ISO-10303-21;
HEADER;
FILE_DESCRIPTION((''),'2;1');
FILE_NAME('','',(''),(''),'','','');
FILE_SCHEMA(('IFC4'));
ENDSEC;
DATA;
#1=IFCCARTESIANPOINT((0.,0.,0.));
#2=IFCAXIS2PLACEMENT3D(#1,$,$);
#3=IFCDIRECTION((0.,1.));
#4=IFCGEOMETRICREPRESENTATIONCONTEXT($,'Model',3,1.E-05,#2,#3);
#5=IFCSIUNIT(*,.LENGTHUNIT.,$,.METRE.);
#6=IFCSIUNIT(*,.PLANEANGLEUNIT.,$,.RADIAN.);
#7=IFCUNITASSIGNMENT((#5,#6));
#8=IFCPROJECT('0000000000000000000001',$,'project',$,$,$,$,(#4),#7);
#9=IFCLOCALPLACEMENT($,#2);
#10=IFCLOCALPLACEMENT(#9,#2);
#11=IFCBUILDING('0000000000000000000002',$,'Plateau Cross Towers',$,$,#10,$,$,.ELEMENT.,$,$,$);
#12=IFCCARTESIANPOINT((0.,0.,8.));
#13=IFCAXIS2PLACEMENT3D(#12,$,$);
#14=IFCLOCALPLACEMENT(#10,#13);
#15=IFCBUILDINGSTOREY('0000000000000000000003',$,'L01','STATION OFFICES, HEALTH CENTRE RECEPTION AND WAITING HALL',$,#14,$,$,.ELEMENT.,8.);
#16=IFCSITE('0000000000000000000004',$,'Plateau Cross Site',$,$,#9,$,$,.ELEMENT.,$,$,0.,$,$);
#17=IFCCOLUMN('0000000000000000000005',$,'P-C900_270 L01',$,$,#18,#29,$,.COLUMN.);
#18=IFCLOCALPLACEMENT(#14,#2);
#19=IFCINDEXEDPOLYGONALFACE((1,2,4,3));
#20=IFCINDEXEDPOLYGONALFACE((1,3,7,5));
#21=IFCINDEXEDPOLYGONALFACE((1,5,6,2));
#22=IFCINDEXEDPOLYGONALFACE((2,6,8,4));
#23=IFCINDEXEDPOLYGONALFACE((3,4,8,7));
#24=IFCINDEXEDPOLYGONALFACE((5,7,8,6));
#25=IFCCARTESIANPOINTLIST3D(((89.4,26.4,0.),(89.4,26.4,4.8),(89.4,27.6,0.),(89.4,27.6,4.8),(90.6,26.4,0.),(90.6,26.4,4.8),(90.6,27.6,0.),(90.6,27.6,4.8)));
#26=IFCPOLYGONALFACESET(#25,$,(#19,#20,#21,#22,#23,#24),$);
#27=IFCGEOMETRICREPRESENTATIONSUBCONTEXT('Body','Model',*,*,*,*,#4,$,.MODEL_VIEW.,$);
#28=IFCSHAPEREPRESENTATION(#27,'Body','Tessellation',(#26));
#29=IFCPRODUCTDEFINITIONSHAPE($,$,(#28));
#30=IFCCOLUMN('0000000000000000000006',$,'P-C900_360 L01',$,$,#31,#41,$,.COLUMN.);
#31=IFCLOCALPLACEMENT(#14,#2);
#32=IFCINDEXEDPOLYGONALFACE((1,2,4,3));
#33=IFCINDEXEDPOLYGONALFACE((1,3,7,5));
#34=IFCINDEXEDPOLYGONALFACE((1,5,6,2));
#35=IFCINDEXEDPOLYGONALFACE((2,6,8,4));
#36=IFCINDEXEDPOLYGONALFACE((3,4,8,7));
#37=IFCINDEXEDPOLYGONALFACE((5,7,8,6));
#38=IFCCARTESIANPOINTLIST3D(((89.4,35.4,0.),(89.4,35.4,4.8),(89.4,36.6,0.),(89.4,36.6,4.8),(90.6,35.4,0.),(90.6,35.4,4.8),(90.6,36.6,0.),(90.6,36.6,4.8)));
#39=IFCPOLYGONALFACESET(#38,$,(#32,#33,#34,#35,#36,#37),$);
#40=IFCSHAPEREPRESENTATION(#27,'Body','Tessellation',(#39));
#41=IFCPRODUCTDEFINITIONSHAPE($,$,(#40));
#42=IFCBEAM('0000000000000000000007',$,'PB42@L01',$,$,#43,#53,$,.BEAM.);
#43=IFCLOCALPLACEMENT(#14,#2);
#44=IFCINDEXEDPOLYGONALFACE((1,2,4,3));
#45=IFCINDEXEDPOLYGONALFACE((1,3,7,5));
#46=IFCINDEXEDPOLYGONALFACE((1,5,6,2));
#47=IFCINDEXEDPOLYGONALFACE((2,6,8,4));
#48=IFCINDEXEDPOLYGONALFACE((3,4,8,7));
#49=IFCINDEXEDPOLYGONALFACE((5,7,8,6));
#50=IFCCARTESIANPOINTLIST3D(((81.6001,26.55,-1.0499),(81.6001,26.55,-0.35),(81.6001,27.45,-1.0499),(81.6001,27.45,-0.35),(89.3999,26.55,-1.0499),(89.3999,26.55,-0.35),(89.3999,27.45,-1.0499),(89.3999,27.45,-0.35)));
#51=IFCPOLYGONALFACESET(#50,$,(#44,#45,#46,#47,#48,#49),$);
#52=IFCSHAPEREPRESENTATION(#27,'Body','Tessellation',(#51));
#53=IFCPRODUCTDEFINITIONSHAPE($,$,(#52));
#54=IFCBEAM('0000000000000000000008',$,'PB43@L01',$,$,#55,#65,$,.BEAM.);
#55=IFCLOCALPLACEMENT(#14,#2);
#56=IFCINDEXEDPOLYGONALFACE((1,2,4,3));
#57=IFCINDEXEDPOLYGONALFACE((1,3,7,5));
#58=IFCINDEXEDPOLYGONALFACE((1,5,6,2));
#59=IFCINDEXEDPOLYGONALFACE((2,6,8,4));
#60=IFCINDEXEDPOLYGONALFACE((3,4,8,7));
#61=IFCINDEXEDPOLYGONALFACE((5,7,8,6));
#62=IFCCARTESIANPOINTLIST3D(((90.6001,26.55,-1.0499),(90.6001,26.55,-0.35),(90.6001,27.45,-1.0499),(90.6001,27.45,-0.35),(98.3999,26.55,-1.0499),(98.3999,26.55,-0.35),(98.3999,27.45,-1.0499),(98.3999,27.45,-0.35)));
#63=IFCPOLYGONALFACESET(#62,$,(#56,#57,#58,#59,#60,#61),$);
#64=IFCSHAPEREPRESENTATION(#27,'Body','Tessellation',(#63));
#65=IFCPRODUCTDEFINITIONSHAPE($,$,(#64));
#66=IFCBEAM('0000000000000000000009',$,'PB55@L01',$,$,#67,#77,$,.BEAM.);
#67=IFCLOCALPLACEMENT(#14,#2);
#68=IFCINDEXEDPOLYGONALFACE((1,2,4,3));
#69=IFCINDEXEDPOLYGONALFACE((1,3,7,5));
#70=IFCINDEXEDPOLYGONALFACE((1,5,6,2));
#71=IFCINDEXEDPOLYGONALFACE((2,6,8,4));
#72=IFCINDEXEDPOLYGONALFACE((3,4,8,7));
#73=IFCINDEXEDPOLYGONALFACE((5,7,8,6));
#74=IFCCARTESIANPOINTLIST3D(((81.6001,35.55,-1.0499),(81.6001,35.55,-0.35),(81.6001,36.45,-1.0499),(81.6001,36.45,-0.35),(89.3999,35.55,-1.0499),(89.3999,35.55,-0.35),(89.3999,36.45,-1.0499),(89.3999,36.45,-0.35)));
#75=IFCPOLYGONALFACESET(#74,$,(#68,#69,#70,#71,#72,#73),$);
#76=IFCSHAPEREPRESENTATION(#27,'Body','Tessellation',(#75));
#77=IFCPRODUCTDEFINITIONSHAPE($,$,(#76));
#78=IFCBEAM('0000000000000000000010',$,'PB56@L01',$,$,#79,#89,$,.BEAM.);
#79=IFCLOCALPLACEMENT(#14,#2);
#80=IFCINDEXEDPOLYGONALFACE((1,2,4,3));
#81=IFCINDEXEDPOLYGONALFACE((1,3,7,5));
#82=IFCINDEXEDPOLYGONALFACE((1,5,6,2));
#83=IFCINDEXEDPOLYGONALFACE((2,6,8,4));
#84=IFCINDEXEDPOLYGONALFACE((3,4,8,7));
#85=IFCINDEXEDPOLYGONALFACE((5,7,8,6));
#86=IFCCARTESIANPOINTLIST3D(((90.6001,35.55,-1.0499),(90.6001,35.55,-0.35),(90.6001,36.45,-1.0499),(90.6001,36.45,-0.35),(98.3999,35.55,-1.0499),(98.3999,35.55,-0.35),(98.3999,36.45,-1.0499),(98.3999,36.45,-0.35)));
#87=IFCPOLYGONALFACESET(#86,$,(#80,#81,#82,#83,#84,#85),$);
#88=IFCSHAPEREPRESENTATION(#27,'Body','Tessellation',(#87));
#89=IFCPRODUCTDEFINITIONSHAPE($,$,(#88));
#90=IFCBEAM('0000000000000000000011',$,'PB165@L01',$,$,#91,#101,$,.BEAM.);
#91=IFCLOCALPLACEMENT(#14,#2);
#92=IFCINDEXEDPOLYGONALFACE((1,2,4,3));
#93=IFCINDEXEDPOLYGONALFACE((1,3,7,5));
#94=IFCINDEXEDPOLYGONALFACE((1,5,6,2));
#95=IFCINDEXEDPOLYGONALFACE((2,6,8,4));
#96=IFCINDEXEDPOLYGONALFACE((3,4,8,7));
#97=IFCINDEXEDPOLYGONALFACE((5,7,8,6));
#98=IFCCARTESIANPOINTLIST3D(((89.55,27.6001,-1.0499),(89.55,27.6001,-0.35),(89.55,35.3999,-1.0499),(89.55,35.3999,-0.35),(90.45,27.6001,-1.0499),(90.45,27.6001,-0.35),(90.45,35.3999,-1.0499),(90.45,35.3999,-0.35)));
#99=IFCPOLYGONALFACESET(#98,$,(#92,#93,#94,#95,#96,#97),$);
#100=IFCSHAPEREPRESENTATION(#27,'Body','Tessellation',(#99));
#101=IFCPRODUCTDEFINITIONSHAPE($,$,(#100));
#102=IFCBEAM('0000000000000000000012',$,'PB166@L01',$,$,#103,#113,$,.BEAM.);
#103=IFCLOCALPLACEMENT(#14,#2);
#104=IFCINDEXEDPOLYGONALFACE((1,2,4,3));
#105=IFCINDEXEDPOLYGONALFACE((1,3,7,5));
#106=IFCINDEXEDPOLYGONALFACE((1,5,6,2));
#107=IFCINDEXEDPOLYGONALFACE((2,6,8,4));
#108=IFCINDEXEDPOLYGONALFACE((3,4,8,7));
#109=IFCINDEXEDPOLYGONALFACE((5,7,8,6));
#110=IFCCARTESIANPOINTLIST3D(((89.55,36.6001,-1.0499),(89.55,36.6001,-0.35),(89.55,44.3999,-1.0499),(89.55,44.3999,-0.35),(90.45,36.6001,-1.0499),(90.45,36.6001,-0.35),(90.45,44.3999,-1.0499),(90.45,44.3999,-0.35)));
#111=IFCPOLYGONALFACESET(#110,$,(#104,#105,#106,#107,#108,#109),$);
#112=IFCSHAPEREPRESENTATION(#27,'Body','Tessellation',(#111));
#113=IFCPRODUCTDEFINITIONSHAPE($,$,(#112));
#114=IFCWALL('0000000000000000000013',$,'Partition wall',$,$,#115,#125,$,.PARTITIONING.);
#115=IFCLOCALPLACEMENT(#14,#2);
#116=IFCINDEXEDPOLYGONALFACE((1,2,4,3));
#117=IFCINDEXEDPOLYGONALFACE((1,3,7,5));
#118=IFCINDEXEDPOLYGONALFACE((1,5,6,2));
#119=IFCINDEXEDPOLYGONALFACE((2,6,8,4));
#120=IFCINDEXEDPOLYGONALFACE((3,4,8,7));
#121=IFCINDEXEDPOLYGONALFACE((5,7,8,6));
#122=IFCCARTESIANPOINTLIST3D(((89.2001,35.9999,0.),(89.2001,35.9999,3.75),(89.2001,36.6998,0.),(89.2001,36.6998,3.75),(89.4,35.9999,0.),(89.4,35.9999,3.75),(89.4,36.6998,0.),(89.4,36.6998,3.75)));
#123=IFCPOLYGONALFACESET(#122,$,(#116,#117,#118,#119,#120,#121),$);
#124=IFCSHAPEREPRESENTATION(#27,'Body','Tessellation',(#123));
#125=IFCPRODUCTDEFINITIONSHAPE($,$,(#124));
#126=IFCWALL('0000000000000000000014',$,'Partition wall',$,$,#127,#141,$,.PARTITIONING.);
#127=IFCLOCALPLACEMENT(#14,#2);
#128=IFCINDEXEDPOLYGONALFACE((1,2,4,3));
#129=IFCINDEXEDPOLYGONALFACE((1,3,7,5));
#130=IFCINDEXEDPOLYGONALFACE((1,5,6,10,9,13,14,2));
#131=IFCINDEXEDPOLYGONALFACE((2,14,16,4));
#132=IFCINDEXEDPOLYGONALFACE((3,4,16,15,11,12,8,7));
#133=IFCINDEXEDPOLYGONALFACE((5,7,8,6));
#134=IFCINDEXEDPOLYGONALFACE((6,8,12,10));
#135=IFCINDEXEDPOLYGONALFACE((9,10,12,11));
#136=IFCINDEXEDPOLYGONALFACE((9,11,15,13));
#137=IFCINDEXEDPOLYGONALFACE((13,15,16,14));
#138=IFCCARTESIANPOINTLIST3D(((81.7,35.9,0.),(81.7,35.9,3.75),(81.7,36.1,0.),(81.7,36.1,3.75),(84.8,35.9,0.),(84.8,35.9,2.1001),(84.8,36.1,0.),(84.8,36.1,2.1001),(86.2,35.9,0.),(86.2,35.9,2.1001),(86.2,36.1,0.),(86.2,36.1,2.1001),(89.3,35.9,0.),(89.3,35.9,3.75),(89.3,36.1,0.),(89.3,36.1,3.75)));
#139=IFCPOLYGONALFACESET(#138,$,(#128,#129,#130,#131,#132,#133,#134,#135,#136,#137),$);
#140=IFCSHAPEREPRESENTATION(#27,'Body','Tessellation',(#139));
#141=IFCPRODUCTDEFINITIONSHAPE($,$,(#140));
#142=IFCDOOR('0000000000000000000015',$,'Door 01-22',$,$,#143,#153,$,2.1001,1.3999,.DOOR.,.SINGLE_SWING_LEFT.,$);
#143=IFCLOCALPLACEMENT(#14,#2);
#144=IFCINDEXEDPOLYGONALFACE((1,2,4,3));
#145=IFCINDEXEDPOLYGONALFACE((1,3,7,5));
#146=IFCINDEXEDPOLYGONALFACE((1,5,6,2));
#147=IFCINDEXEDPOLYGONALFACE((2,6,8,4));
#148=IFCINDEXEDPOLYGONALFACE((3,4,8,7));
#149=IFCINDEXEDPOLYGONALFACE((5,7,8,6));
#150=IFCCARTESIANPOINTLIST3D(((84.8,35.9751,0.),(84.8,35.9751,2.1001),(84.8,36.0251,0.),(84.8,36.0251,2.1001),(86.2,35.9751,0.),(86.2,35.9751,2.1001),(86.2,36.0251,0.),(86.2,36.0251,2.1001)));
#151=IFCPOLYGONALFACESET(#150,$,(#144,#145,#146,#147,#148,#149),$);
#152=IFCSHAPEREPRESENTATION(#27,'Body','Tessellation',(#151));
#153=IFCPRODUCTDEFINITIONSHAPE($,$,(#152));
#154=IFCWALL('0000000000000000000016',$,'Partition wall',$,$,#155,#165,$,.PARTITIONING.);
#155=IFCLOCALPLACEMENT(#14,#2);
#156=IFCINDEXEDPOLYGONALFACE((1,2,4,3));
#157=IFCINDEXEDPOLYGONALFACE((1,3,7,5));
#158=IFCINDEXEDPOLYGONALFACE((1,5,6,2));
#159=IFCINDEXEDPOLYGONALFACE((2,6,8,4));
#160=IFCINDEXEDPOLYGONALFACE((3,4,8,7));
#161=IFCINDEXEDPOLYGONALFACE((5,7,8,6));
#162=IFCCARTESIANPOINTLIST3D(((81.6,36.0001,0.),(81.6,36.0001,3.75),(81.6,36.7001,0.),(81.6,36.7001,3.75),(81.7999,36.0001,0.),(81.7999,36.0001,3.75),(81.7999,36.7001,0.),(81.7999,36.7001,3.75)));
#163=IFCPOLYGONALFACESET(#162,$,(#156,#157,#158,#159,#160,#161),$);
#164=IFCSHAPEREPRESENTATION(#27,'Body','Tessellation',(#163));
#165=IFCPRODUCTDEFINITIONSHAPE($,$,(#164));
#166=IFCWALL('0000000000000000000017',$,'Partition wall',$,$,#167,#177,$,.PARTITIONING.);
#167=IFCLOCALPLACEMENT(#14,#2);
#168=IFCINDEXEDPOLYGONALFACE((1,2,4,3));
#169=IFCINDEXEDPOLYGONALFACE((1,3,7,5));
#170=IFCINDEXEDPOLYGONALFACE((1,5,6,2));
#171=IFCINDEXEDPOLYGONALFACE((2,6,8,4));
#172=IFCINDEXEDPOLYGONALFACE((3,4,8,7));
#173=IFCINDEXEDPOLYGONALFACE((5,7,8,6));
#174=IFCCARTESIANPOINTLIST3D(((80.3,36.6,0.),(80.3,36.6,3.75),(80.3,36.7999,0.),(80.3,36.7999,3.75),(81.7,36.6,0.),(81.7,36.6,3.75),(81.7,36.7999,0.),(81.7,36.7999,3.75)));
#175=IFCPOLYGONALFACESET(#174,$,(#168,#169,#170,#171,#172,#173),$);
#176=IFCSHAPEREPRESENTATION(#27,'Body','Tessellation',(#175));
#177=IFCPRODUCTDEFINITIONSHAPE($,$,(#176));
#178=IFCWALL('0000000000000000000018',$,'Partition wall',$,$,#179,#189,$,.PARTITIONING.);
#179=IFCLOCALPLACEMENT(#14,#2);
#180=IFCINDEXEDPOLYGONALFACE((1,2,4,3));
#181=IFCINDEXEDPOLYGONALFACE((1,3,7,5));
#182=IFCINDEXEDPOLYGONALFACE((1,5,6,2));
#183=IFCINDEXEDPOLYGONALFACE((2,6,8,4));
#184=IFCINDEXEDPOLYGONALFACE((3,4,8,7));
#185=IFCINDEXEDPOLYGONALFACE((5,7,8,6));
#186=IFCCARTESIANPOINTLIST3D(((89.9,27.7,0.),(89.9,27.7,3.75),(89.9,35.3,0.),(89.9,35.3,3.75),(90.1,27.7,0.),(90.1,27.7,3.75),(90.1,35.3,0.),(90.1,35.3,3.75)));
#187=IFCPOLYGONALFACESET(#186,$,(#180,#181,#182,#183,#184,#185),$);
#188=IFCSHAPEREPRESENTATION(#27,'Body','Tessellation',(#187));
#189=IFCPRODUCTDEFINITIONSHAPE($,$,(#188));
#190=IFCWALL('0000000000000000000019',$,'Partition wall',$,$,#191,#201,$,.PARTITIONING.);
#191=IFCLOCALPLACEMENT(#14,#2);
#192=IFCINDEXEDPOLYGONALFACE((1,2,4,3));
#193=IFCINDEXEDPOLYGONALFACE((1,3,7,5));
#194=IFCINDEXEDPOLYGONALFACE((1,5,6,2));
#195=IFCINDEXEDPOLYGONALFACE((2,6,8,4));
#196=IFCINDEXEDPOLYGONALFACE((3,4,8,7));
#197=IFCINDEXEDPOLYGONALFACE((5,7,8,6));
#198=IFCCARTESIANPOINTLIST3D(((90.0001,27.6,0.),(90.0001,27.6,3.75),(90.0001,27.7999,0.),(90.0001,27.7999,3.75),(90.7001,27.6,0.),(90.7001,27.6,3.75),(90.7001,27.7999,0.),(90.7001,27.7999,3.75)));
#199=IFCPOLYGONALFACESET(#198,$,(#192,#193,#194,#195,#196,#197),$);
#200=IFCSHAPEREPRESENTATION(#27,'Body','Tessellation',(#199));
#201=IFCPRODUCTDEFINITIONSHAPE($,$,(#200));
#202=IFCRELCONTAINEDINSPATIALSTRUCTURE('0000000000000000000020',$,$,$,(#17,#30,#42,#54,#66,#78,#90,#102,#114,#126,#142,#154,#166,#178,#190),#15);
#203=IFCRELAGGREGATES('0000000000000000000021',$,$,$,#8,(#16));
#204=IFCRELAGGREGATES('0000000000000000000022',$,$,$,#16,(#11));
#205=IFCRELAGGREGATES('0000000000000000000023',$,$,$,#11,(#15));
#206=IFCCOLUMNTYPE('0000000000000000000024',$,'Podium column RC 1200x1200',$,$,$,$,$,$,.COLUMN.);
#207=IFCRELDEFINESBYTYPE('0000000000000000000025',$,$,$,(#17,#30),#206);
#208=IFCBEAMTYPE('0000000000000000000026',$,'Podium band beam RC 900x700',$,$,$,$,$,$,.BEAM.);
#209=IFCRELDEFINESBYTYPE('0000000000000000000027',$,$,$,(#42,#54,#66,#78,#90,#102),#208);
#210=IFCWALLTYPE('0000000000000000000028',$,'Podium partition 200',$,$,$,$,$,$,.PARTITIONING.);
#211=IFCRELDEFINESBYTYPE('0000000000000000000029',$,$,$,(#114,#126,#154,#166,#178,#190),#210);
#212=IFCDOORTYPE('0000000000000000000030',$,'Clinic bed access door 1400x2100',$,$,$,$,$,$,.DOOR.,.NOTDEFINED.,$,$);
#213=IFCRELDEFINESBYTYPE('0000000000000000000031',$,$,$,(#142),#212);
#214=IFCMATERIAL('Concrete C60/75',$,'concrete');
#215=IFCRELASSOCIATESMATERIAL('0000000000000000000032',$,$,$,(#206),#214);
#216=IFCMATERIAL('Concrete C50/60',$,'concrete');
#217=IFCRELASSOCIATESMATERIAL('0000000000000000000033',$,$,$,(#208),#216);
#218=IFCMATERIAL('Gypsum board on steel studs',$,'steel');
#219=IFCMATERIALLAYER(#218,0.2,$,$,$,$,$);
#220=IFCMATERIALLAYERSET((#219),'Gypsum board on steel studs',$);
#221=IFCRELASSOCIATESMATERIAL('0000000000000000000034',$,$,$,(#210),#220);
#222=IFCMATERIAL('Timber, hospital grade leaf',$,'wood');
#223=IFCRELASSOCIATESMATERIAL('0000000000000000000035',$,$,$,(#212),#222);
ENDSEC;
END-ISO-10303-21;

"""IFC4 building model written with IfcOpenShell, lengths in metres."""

from ifc_helpers import new_model, si_unit, direction, frame, frame_2d, origin, origin_2d, place, context, subcontext, project, spatial, rectangle, extrude, material, layer, layer_set, material_profile, profile_set, type_object, element, fill, save


model = new_model("IFC4")

# Units and contexts
model_context = context("Model", 3, precision=1e-05, world=origin(), true_north=direction((0.0, 1.0)))
body_context = subcontext(model_context, "Body", "Model", "MODEL_VIEW")
ifc_project = project(units=[si_unit("LENGTHUNIT", "METRE"), si_unit("PLANEANGLEUNIT", "RADIAN")], contexts=[model_context])

# Site, building, storey
site_placement = place(None, origin())
site = spatial("IfcSite", under=ifc_project, at=site_placement, Name="Plateau Cross Site", CompositionType="ELEMENT", RefElevation=0.0)
building_placement = place(site_placement, origin())
building = spatial("IfcBuilding", under=site, at=building_placement, Name="Plateau Cross Towers", CompositionType="ELEMENT")
storey_placement = place(building_placement, frame((0.0, 0.0, 8.0)))
storey = spatial("IfcBuildingStorey", under=building, at=storey_placement, Name="L01", Description="STATION OFFICES, HEALTH CENTRE RECEPTION AND WAITING HALL", CompositionType="ELEMENT", Elevation=8.0)

# Columns
ifc_material_1 = material(Name="Concrete C60/75", Category="concrete")
ifc_material_profile_1 = material_profile(ifc_material_1, rectangle(XDim=1.2, YDim=1.2, at=origin_2d()), Name="RC 1200x1200")
ifc_profile_set_1 = profile_set([ifc_material_profile_1], Name="Concrete C60/75")
column_type = type_object("IfcColumnType", Name="Podium column RC 1200x1200", PredefinedType="COLUMN", material=ifc_profile_set_1)
for number, where, z_axis, x_axis, name in (
    (1, (90.0, 27.0, 0.0), (0.0, 0.0, 1.0), (1.0, 0.0, 0.0), "P-C900_270 L01"),
    (2, (90.0, 36.0, 0.0), (0.0, 0.0, 1.0), (1.0, 0.0, 0.0), "P-C900_360 L01"),
):
    element("IfcColumn", number, at=place(storey_placement, frame(where, z_axis=z_axis, x_axis=x_axis)), inside=storey, type_object=column_type, Name=name, PredefinedType="COLUMN", context=body_context, shape_type="SweptSolid", body=[
        extrude(rectangle(XDim=1.2, YDim=1.2, at=origin_2d()), origin(), (0.0, 0.0, 1.0), 4.8),
    ])

# Beams
ifc_material_2 = material(Name="Concrete C50/60", Category="concrete")
ifc_material_profile_2 = material_profile(ifc_material_2, rectangle(XDim=0.8999, YDim=0.7, at=origin_2d()), Name="RC 900x700")
ifc_profile_set_2 = profile_set([ifc_material_profile_2], Name="Concrete C50/60")
beam_type = type_object("IfcBeamType", Name="Podium band beam RC 900x700", PredefinedType="BEAM", material=ifc_profile_set_2)
for number, where, z_axis, x_axis, name in (
    (3, (81.6001, 27.0, -0.7), (1.0, 0.0, 0.0), (0.0, 1.0, 0.0), "PB42@L01"),
    (4, (90.6001, 27.0, -0.7), (1.0, 0.0, 0.0), (0.0, 1.0, 0.0), "PB43@L01"),
    (5, (81.6001, 36.0, -0.7), (1.0, 0.0, 0.0), (0.0, 1.0, 0.0), "PB55@L01"),
    (6, (90.6001, 36.0, -0.7), (1.0, 0.0, 0.0), (0.0, 1.0, 0.0), "PB56@L01"),
    (7, (90.0, 27.6001, -0.7), (0.0, 1.0, 0.0), (-1.0, 0.0, 0.0), "PB165@L01"),
    (8, (90.0, 36.6001, -0.7), (0.0, 1.0, 0.0), (-1.0, 0.0, 0.0), "PB166@L01"),
):
    element("IfcBeam", number, at=place(storey_placement, frame(where, z_axis=z_axis, x_axis=x_axis)), inside=storey, type_object=beam_type, Name=name, PredefinedType="BEAM", context=body_context, shape_type="SweptSolid", body=[
        extrude(rectangle(XDim=0.8999, YDim=0.7, at=origin_2d()), origin(), (0.0, 0.0, 1.0), 7.7998),
    ])

# Wall
ifc_material_3 = material(Name="Gypsum board on steel studs", Category="steel")
ifc_layer_1 = layer(ifc_material_3, 0.2)
ifc_layer_set_1 = layer_set([ifc_layer_1], Name="Gypsum board on steel studs")
wall_type_1 = type_object("IfcWallType", Name="Podium partition 200", PredefinedType="PARTITIONING", material=ifc_layer_set_1)
wall_1_placement = place(storey_placement, frame((89.3, 36.7, 0.0), z_axis=(0.0, 0.0, 1.0), x_axis=(0.0, -1.0, 0.0)))
element("IfcWall", 9, at=wall_1_placement, inside=storey, type_object=wall_type_1, Name="Partition wall", PredefinedType="PARTITIONING", context=body_context, shape_type="SweptSolid", body=[
    extrude(rectangle(XDim=0.7, YDim=0.2, at=frame_2d((0.3501, 0.0))), origin(), (0.0, 0.0, 1.0), 3.75),
])

# Wall, opening, door
wall_2_placement = place(storey_placement, frame((89.3, 36.0, 0.0), z_axis=(0.0, 0.0, 1.0), x_axis=(-1.0, 0.0, 0.0)))
wall_2 = element("IfcWall", 10, at=wall_2_placement, inside=storey, type_object=wall_type_1, Name="Partition wall", PredefinedType="PARTITIONING", context=body_context, shape_type="SweptSolid", body=[
    extrude(rectangle(XDim=7.6001, YDim=0.2, at=frame_2d((3.8, 0.0))), origin(), (0.0, 0.0, 1.0), 3.75),
])
opening_1_placement = place(wall_2_placement, frame((3.1001, 0.0, 0.0)))
opening_1 = element("IfcOpeningElement", 11, at=opening_1_placement, cuts=wall_2, PredefinedType="OPENING", context=body_context, shape_type="SweptSolid", body=[
    extrude(rectangle(XDim=1.3999, YDim=2.1001, at=frame_2d((0.7, 1.05))), frame((0.0, 0.1099, 0.0), z_axis=(0.0, -1.0, 0.0), x_axis=(1.0, 0.0, 0.0)), (0.0, 0.0, 1.0), 0.22),
])
ifc_material_4 = material(Name="Timber, hospital grade leaf", Category="wood")
door_type_1 = type_object("IfcDoorType", Name="Clinic bed access door 1400x2100", OperationType="NOTDEFINED", PredefinedType="DOOR", material=ifc_material_4)
door_1_placement = place(opening_1_placement, origin())
door_1 = element("IfcDoor", 12, at=door_1_placement, inside=storey, type_object=door_type_1, Name="Door 01-22", OperationType="SINGLE_SWING_LEFT", OverallHeight=2.1001, OverallWidth=1.3999, PredefinedType="DOOR", context=body_context, shape_type="SweptSolid", body=[
    extrude(rectangle(XDim=1.3999, YDim=2.1001, at=frame_2d((0.7, 1.05))), frame((0.0, 0.0249, 0.0), z_axis=(0.0, -1.0, 0.0), x_axis=(1.0, 0.0, 0.0)), (0.0, 0.0, 1.0), 0.05),
])
fill(opening_1, door_1)

# Walls
wall_3_placement = place(storey_placement, frame((81.7, 36.0, 0.0), z_axis=(0.0, 0.0, 1.0), x_axis=(0.0, 1.0, 0.0)))
element("IfcWall", 13, at=wall_3_placement, inside=storey, type_object=wall_type_1, Name="Partition wall", PredefinedType="PARTITIONING", context=body_context, shape_type="SweptSolid", body=[
    extrude(rectangle(XDim=0.7, YDim=0.2, at=frame_2d((0.3501, 0.0))), origin(), (0.0, 0.0, 1.0), 3.75),
])
wall_4_placement = place(storey_placement, frame((81.7, 36.7, 0.0), z_axis=(0.0, 0.0, 1.0), x_axis=(-1.0, 0.0, 0.0)))
element("IfcWall", 14, at=wall_4_placement, inside=storey, type_object=wall_type_1, Name="Partition wall", PredefinedType="PARTITIONING", context=body_context, shape_type="SweptSolid", body=[
    extrude(rectangle(XDim=1.3999, YDim=0.2, at=frame_2d((0.7, 0.0))), origin(), (0.0, 0.0, 1.0), 3.75),
])
wall_5_placement = place(storey_placement, frame((90.0, 35.3, 0.0), z_axis=(0.0, 0.0, 1.0), x_axis=(0.0, -1.0, 0.0)))
element("IfcWall", 15, at=wall_5_placement, inside=storey, type_object=wall_type_1, Name="Partition wall", PredefinedType="PARTITIONING", context=body_context, shape_type="SweptSolid", body=[
    extrude(rectangle(XDim=7.6001, YDim=0.2, at=frame_2d((3.8, 0.0))), origin(), (0.0, 0.0, 1.0), 3.75),
])
wall_6_placement = place(storey_placement, frame((90.0, 27.7, 0.0), z_axis=(0.0, 0.0, 1.0), x_axis=(1.0, 0.0, 0.0)))
element("IfcWall", 16, at=wall_6_placement, inside=storey, type_object=wall_type_1, Name="Partition wall", PredefinedType="PARTITIONING", context=body_context, shape_type="SweptSolid", body=[
    extrude(rectangle(XDim=0.7, YDim=0.2, at=frame_2d((0.3501, 0.0))), origin(), (0.0, 0.0, 1.0), 3.75),
])

save(model, "model.ifc")
